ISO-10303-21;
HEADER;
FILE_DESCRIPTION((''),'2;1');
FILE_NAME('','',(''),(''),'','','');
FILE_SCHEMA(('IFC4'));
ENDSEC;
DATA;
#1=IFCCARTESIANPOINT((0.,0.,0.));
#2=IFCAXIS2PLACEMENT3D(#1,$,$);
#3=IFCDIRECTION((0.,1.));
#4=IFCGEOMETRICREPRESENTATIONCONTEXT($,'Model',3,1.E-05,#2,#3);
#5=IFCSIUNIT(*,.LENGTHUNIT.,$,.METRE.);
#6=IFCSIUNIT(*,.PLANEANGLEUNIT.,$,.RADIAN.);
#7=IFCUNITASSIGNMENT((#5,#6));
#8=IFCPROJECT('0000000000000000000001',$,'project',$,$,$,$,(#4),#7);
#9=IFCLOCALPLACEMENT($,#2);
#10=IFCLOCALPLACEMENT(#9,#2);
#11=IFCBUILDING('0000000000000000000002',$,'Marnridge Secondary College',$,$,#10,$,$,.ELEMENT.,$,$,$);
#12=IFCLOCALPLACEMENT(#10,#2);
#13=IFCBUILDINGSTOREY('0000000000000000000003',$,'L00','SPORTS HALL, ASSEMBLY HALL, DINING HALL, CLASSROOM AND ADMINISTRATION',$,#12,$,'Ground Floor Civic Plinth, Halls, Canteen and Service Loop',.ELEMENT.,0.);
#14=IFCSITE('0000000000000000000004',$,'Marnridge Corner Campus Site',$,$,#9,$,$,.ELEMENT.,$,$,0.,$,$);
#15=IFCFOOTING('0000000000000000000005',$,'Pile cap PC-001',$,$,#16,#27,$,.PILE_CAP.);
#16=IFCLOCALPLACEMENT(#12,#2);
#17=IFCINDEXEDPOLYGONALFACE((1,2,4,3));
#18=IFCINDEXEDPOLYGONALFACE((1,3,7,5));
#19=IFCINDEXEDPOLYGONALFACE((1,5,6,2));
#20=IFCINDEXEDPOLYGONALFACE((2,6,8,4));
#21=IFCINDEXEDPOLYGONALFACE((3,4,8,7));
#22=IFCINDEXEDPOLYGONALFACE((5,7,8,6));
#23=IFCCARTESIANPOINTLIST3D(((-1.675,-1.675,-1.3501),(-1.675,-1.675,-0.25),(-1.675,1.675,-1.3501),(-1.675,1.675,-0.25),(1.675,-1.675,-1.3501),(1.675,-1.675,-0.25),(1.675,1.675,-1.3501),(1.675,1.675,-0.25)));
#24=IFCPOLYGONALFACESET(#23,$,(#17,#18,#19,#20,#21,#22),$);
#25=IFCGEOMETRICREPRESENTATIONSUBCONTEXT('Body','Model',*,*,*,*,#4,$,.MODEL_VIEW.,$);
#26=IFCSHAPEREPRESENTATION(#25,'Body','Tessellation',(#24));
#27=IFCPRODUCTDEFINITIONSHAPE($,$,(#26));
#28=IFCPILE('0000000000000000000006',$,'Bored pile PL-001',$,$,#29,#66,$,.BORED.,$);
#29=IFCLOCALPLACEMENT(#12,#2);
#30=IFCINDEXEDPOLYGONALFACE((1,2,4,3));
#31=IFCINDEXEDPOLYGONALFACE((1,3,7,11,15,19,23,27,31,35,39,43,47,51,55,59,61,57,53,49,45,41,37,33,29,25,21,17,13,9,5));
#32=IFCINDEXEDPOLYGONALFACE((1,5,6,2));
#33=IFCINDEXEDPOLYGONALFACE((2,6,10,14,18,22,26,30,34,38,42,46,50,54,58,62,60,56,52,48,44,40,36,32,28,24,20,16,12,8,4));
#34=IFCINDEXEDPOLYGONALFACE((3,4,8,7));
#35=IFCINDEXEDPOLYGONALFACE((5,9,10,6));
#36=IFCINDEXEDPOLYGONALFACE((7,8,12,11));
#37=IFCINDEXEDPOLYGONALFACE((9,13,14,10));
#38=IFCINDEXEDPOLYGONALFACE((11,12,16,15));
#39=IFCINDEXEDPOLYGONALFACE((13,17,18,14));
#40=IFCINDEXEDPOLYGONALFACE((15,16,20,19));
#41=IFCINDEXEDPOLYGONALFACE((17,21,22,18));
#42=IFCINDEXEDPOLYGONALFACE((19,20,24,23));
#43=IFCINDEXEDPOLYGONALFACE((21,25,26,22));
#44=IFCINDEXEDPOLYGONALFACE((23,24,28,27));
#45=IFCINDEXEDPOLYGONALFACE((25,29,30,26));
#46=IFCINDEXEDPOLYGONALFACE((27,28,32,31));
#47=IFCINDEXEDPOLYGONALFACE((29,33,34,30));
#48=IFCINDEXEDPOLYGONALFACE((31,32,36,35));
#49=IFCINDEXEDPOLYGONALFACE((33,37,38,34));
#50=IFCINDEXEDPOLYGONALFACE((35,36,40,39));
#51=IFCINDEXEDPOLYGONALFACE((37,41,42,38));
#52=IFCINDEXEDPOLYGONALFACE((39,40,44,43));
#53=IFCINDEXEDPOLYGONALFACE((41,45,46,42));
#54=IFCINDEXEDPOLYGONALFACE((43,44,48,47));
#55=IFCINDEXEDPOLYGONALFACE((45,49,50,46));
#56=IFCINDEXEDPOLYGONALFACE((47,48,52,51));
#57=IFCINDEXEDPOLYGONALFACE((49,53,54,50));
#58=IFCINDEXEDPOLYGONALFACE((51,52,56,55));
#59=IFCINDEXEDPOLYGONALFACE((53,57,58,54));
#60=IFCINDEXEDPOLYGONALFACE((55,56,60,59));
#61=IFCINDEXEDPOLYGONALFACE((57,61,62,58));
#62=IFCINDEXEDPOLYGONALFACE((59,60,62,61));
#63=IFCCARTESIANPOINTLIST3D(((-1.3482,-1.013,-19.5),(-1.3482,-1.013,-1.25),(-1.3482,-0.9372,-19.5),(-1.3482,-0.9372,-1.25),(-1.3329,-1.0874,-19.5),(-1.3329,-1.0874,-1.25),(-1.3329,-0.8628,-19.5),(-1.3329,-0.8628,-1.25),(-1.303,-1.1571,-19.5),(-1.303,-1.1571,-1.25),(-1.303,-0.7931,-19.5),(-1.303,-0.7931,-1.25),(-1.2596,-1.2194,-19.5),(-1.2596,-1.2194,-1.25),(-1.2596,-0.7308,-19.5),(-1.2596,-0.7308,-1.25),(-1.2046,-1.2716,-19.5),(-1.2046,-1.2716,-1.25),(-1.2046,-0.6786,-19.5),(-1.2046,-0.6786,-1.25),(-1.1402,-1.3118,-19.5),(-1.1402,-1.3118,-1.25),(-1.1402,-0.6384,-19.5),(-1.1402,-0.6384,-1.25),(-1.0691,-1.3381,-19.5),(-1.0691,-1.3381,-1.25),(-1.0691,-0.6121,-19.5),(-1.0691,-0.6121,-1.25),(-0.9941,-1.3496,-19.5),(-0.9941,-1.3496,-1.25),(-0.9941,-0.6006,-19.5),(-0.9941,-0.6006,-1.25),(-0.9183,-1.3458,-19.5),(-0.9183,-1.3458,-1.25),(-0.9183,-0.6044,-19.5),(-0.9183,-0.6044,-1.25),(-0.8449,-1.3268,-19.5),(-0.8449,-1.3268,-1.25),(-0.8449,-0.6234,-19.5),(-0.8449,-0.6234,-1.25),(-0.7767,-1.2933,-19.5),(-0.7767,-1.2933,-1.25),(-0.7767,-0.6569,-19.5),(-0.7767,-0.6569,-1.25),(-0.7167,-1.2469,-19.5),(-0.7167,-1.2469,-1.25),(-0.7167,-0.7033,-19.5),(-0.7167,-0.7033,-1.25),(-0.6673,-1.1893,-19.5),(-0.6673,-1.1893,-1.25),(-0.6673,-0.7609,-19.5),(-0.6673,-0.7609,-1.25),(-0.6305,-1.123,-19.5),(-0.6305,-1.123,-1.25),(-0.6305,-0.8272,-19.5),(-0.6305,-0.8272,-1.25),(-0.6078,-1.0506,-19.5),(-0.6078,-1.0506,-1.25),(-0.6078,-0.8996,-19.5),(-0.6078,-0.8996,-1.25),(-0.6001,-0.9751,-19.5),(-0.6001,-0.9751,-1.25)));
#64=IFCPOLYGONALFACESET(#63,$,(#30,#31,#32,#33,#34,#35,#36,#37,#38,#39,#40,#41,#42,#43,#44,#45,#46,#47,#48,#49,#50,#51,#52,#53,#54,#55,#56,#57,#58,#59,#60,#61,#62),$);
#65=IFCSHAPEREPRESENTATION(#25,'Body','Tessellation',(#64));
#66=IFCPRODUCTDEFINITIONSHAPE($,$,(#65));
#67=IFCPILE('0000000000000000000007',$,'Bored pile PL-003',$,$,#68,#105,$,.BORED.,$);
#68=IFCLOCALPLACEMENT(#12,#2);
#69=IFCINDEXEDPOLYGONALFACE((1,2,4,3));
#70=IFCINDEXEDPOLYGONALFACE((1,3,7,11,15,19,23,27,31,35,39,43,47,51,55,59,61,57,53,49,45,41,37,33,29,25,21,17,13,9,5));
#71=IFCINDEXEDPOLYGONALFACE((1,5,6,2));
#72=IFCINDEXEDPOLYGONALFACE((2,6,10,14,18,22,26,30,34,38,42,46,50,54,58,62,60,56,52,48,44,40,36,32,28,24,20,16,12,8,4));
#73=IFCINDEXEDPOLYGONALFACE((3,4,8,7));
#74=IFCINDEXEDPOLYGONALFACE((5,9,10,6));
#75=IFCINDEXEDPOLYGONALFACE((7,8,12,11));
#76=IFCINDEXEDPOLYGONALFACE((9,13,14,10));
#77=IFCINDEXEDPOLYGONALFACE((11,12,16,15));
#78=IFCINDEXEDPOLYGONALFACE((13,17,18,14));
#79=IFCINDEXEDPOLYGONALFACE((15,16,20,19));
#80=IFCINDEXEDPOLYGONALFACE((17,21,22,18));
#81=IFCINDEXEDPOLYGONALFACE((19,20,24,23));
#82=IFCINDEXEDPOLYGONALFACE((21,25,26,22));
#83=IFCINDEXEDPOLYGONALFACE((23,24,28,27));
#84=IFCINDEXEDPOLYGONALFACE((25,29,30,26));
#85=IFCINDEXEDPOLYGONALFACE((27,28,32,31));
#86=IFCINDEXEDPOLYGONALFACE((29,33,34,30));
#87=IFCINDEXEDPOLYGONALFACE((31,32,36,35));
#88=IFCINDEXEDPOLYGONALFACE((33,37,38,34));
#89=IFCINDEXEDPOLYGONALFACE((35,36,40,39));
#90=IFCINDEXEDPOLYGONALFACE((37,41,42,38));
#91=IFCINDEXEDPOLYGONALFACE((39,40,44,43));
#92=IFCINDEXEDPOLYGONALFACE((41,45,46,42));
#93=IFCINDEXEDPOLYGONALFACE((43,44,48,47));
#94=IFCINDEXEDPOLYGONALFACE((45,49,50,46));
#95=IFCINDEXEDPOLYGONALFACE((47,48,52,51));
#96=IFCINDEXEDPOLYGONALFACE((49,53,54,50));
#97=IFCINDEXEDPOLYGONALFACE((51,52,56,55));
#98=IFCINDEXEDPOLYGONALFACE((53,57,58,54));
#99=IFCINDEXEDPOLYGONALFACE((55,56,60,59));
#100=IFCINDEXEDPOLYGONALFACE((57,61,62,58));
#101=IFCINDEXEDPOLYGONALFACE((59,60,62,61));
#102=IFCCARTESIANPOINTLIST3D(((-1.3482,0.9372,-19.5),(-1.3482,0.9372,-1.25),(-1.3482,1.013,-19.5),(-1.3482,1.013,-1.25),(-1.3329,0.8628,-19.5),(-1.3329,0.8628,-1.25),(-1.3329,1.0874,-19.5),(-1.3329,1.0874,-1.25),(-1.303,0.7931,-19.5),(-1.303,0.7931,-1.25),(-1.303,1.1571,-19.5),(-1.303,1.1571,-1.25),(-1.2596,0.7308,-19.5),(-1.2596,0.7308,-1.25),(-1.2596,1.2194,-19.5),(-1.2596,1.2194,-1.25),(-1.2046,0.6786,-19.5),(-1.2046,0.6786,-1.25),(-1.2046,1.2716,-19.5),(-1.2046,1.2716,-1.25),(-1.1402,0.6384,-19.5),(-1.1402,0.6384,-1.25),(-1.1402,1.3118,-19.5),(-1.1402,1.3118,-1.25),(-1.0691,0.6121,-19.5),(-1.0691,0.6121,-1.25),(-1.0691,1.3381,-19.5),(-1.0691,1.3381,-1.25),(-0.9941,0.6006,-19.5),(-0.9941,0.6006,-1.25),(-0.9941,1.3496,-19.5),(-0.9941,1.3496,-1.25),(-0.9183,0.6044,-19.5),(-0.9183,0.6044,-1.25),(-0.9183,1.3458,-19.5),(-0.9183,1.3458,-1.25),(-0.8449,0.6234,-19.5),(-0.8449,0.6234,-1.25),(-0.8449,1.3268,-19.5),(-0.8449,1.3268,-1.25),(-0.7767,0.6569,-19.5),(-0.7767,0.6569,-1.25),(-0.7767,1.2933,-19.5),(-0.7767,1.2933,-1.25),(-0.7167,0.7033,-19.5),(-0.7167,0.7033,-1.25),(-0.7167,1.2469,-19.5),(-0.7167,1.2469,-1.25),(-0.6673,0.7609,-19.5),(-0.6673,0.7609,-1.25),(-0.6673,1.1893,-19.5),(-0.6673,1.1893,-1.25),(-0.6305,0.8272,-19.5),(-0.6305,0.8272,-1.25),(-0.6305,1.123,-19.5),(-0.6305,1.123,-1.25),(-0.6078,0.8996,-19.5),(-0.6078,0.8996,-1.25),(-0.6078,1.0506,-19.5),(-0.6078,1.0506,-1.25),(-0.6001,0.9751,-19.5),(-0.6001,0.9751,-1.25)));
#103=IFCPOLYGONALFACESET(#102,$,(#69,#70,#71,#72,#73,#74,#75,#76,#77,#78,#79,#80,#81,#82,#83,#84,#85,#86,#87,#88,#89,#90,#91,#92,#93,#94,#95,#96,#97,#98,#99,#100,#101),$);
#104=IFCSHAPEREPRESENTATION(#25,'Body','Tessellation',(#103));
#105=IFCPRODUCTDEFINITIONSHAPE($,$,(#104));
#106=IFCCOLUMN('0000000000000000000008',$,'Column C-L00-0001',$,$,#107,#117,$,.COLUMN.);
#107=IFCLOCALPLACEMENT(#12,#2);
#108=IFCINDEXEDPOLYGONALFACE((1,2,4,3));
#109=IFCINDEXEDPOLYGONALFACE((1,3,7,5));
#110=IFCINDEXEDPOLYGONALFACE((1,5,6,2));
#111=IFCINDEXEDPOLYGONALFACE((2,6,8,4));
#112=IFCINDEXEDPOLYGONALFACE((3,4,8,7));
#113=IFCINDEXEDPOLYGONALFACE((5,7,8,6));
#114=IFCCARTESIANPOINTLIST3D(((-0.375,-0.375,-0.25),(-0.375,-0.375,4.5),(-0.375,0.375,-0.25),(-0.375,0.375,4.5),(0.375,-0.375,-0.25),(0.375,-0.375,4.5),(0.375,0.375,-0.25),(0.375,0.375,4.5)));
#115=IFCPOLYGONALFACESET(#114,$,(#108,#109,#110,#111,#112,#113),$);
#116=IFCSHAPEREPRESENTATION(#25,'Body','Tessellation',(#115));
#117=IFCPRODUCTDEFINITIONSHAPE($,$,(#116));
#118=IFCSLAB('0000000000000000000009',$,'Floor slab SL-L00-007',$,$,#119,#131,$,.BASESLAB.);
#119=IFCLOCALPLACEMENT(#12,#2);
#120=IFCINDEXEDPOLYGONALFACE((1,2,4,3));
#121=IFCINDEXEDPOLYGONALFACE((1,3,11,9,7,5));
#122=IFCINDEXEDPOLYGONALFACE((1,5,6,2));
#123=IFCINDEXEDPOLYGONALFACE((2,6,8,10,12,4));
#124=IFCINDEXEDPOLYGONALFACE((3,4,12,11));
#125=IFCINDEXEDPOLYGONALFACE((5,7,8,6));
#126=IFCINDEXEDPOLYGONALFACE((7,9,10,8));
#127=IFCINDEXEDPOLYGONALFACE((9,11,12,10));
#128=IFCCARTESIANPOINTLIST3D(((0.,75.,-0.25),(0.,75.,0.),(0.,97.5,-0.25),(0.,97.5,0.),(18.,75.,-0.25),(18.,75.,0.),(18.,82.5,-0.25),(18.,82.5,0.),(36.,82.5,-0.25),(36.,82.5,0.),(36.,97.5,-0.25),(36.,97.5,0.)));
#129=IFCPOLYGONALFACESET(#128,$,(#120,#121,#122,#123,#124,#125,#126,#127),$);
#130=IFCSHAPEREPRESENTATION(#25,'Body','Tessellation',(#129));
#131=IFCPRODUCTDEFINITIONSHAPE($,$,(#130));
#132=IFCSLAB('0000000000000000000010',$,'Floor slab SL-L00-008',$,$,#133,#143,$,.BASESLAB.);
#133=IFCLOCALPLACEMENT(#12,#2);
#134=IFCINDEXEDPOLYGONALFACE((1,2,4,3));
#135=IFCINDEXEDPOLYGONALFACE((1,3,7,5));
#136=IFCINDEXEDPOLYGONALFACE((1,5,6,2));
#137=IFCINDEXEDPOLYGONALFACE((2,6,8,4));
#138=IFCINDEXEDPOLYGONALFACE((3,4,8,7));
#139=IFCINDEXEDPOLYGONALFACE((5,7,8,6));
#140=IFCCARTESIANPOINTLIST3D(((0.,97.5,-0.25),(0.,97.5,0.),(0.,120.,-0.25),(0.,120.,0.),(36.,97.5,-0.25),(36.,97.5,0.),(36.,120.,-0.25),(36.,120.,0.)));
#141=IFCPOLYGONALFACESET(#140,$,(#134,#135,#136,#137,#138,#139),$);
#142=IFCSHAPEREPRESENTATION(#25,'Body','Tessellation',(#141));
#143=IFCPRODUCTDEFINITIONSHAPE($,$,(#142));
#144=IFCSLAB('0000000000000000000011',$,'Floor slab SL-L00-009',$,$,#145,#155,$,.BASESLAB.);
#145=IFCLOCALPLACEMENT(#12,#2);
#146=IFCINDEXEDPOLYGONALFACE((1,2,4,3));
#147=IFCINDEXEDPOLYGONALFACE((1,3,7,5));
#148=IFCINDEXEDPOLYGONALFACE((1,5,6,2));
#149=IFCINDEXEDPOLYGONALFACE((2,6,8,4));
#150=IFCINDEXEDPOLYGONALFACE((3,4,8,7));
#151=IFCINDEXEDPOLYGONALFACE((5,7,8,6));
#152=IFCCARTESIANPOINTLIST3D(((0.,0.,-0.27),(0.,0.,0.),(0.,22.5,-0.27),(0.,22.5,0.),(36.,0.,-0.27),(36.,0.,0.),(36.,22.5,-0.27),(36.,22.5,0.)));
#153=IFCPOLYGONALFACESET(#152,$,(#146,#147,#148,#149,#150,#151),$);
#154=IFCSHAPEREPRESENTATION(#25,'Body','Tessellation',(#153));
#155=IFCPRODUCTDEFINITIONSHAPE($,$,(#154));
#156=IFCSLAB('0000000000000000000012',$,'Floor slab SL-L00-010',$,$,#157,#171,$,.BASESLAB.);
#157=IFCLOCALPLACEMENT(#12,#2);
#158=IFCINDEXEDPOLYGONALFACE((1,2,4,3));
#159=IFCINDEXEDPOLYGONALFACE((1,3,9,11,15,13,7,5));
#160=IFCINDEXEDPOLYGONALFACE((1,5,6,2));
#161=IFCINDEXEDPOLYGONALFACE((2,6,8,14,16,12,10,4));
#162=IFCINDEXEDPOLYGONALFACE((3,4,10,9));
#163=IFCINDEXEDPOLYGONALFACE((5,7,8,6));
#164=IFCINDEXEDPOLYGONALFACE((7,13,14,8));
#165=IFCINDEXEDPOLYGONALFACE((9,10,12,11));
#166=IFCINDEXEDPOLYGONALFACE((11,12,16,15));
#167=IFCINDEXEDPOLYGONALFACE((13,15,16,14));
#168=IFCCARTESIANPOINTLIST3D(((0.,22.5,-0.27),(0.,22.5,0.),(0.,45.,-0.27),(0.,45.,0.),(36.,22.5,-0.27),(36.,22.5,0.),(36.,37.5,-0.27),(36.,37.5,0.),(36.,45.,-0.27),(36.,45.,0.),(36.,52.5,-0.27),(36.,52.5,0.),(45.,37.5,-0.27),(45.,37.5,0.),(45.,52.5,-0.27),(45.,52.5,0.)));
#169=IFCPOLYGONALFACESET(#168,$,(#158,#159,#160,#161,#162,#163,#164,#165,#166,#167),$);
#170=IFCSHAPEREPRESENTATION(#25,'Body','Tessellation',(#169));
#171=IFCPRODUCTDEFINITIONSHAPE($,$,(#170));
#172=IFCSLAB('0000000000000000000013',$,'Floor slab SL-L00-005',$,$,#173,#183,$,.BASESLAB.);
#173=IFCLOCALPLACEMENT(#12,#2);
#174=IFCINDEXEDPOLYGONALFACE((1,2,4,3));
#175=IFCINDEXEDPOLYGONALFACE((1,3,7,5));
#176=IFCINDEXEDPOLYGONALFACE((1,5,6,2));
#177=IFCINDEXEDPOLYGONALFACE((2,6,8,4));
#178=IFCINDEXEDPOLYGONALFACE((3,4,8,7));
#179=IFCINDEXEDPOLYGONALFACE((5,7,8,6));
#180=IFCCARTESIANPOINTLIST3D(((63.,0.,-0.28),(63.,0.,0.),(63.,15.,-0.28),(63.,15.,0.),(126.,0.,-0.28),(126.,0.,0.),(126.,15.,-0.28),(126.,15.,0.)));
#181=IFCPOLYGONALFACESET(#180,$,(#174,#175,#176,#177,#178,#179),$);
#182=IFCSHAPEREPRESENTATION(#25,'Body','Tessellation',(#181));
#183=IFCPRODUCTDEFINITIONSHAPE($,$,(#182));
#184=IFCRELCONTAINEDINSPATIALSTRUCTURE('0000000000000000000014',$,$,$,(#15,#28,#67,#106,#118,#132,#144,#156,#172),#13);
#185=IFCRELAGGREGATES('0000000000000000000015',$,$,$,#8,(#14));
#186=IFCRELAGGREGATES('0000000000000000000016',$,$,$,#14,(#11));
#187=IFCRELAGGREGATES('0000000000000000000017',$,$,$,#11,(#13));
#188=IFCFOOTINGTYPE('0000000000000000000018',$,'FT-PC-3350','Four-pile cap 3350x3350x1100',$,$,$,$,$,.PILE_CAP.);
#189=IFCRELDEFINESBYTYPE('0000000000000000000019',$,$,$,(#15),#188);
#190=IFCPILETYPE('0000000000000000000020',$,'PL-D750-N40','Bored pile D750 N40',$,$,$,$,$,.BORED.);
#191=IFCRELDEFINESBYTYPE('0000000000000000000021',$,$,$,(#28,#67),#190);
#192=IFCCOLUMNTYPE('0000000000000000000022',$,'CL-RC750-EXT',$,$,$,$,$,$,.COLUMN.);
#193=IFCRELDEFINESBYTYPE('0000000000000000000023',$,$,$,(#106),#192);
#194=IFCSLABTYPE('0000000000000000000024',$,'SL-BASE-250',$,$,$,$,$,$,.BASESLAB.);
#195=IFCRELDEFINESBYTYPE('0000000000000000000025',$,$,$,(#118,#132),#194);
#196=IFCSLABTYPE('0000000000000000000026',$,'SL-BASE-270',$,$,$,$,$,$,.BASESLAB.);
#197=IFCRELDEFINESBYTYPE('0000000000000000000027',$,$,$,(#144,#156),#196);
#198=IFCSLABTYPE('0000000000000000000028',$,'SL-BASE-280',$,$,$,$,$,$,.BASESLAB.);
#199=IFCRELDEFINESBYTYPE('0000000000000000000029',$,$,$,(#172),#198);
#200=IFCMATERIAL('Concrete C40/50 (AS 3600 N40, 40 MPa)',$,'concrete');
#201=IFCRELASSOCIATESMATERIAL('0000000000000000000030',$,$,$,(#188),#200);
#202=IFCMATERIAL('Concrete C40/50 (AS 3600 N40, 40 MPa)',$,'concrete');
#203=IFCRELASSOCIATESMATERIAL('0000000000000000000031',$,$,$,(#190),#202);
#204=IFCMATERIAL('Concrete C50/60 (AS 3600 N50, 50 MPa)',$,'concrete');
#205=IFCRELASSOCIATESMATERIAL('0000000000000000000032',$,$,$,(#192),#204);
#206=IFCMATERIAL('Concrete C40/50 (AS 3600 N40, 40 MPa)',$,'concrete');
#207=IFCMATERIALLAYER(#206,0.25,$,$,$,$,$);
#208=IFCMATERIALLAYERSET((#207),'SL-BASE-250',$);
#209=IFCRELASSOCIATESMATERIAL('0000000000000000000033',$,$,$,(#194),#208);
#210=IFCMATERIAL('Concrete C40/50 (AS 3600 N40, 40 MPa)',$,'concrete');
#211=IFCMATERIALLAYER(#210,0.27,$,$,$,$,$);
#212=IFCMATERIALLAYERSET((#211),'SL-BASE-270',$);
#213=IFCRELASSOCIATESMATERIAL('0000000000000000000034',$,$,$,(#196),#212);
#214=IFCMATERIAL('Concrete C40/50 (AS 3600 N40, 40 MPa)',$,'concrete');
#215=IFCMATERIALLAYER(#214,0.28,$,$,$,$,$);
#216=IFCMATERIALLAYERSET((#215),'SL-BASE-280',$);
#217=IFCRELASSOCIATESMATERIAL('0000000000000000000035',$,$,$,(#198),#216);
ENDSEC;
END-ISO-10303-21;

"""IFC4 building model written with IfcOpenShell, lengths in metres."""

from ifc_helpers import new_model, si_unit, direction, frame, origin, origin_2d, place, context, subcontext, project, spatial, polyline, rectangle, circle, outline, extrude, material, layer, layer_set, material_profile, profile_set, type_object, element, save


model = new_model("IFC4")

# Units and contexts
model_context = context("Model", 3, precision=1e-05, world=origin(), true_north=direction((0.0, 1.0)))
body_context = subcontext(model_context, "Body", "Model", "MODEL_VIEW")
ifc_project = project(units=[si_unit("LENGTHUNIT", "METRE"), si_unit("PLANEANGLEUNIT", "RADIAN")], contexts=[model_context])

# Site, building, storey
site_placement = place(None, origin())
site = spatial("IfcSite", under=ifc_project, at=site_placement, Name="Marnridge Corner Campus Site", CompositionType="ELEMENT", RefElevation=0.0)
building_placement = place(site_placement, origin())
building = spatial("IfcBuilding", under=site, at=building_placement, Name="Marnridge Secondary College", CompositionType="ELEMENT")
storey_placement = place(building_placement, origin())
storey = spatial("IfcBuildingStorey", under=building, at=storey_placement, Name="L00", Description="SPORTS HALL, ASSEMBLY HALL, DINING HALL, CLASSROOM AND ADMINISTRATION", LongName="Ground Floor Civic Plinth, Halls, Canteen and Service Loop", CompositionType="ELEMENT", Elevation=0.0)

# Footing
ifc_material_1 = material(Name="Concrete C40/50 (AS 3600 N40, 40 MPa)", Category="concrete")
footing_type = type_object("IfcFootingType", Name="FT-PC-3350", Description="Four-pile cap 3350x3350x1100", PredefinedType="PILE_CAP", material=ifc_material_1)
footing_placement = place(storey_placement, frame((0.0, 0.0, -1.3501), z_axis=(0.0, 0.0, 1.0), x_axis=(1.0, 0.0, 0.0)))
element("IfcFooting", 1, at=footing_placement, inside=storey, type_object=footing_type, Name="Pile cap PC-001", PredefinedType="PILE_CAP", context=body_context, shape_type="SweptSolid", body=[
    extrude(rectangle(XDim=3.3501, YDim=3.3501, at=origin_2d()), origin(), (0.0, 0.0, 1.0), 1.1001),
])

# Piles
ifc_material_2 = material(Name="Concrete C40/50 (AS 3600 N40, 40 MPa)", Category="concrete")
ifc_material_profile_1 = material_profile(ifc_material_2, circle(Radius=0.375, at=origin_2d()), Name="PILE D750")
ifc_profile_set_1 = profile_set([ifc_material_profile_1], Name="Concrete C40/50 (AS 3600 N40, 40 MPa)")
pile_type = type_object("IfcPileType", Name="PL-D750-N40", Description="Bored pile D750 N40", PredefinedType="BORED", material=ifc_profile_set_1)
for number, where, z_axis, x_axis, name in (
    (2, (-0.9751, -0.9751, -1.25), (0.0, 0.0, -1.0), (1.0, 0.0, 0.0), "Bored pile PL-001"),
    (3, (-0.9751, 0.9751, -1.25), (0.0, 0.0, -1.0), (1.0, 0.0, 0.0), "Bored pile PL-003"),
):
    element("IfcPile", number, at=place(storey_placement, frame(where, z_axis=z_axis, x_axis=x_axis)), inside=storey, type_object=pile_type, Name=name, PredefinedType="BORED", context=body_context, shape_type="SweptSolid", body=[
        extrude(circle(Radius=0.375, at=origin_2d()), origin(), (0.0, 0.0, 1.0), 18.25),
    ])

# Column
ifc_material_3 = material(Name="Concrete C50/60 (AS 3600 N50, 50 MPa)", Category="concrete")
ifc_material_profile_2 = material_profile(ifc_material_3, rectangle(XDim=0.75, YDim=0.75, at=origin_2d()), Name="RC 750x750")
ifc_profile_set_2 = profile_set([ifc_material_profile_2], Name="Concrete C50/60 (AS 3600 N50, 50 MPa)")
column_type = type_object("IfcColumnType", Name="CL-RC750-EXT", PredefinedType="COLUMN", material=ifc_profile_set_2)
column_placement = place(storey_placement, frame((0.0, 0.0, -0.25), z_axis=(0.0, 0.0, 1.0), x_axis=(1.0, 0.0, 0.0)))
element("IfcColumn", 4, at=column_placement, inside=storey, type_object=column_type, Name="Column C-L00-0001", PredefinedType="COLUMN", context=body_context, shape_type="SweptSolid", body=[
    extrude(rectangle(XDim=0.75, YDim=0.75, at=origin_2d()), origin(), (0.0, 0.0, 1.0), 4.75),
])

# Slabs
ifc_material_4 = material(Name="Concrete C40/50 (AS 3600 N40, 40 MPa)", Category="concrete")
ifc_layer_1 = layer(ifc_material_4, 0.25)
ifc_layer_set_1 = layer_set([ifc_layer_1], Name="SL-BASE-250")
slab_type_1 = type_object("IfcSlabType", Name="SL-BASE-250", PredefinedType="BASESLAB", material=ifc_layer_set_1)
slab_1_placement = place(storey_placement, frame((0.0, 0.0, -0.25)))
element("IfcSlab", 5, at=slab_1_placement, inside=storey, type_object=slab_type_1, Name="Floor slab SL-L00-007", PredefinedType="BASESLAB", context=body_context, shape_type="SweptSolid", body=[
    extrude(outline(polyline([(0.0, 97.5), (36.0, 97.5), (36.0, 82.5), (18.0, 82.5), (18.0, 75.0), (0.0, 75.0), (0.0, 97.5)])), origin(), (0.0, 0.0, 1.0), 0.25),
])
slab_2_placement = place(storey_placement, frame((0.0, 0.0, -0.25)))
element("IfcSlab", 6, at=slab_2_placement, inside=storey, type_object=slab_type_1, Name="Floor slab SL-L00-008", PredefinedType="BASESLAB", context=body_context, shape_type="SweptSolid", body=[
    extrude(outline(polyline([(0.0, 120.0), (36.0, 120.0), (36.0, 97.5), (0.0, 97.5), (0.0, 120.0)])), origin(), (0.0, 0.0, 1.0), 0.25),
])
ifc_material_5 = material(Name="Concrete C40/50 (AS 3600 N40, 40 MPa)", Category="concrete")
ifc_layer_2 = layer(ifc_material_5, 0.27)
ifc_layer_set_2 = layer_set([ifc_layer_2], Name="SL-BASE-270")
slab_type_2 = type_object("IfcSlabType", Name="SL-BASE-270", PredefinedType="BASESLAB", material=ifc_layer_set_2)
slab_3_placement = place(storey_placement, frame((0.0, 0.0, -0.27)))
element("IfcSlab", 7, at=slab_3_placement, inside=storey, type_object=slab_type_2, Name="Floor slab SL-L00-009", PredefinedType="BASESLAB", context=body_context, shape_type="SweptSolid", body=[
    extrude(outline(polyline([(0.0, 22.5), (36.0, 22.5), (36.0, 0.0), (0.0, 0.0), (0.0, 22.5)])), origin(), (0.0, 0.0, 1.0), 0.27),
])
slab_4_placement = place(storey_placement, frame((0.0, 0.0, -0.27)))
element("IfcSlab", 8, at=slab_4_placement, inside=storey, type_object=slab_type_2, Name="Floor slab SL-L00-010", PredefinedType="BASESLAB", context=body_context, shape_type="SweptSolid", body=[
    extrude(outline(polyline([(0.0, 45.0), (36.0, 45.0), (36.0, 52.5), (45.0, 52.5), (45.0, 37.5), (36.0, 37.5), (36.0, 22.5), (0.0, 22.5), (0.0, 45.0)])), origin(), (0.0, 0.0, 1.0), 0.27),
])
ifc_material_6 = material(Name="Concrete C40/50 (AS 3600 N40, 40 MPa)", Category="concrete")
ifc_layer_3 = layer(ifc_material_6, 0.28)
ifc_layer_set_3 = layer_set([ifc_layer_3], Name="SL-BASE-280")
slab_type_3 = type_object("IfcSlabType", Name="SL-BASE-280", PredefinedType="BASESLAB", material=ifc_layer_set_3)
slab_5_placement = place(storey_placement, frame((0.0, 0.0, -0.28)))
element("IfcSlab", 9, at=slab_5_placement, inside=storey, type_object=slab_type_3, Name="Floor slab SL-L00-005", PredefinedType="BASESLAB", context=body_context, shape_type="SweptSolid", body=[
    extrude(outline(polyline([(63.0, 15.0), (126.0, 15.0), (126.0, 0.0), (63.0, 0.0), (63.0, 15.0)])), origin(), (0.0, 0.0, 1.0), 0.28),
])

save(model, "model.ifc")
